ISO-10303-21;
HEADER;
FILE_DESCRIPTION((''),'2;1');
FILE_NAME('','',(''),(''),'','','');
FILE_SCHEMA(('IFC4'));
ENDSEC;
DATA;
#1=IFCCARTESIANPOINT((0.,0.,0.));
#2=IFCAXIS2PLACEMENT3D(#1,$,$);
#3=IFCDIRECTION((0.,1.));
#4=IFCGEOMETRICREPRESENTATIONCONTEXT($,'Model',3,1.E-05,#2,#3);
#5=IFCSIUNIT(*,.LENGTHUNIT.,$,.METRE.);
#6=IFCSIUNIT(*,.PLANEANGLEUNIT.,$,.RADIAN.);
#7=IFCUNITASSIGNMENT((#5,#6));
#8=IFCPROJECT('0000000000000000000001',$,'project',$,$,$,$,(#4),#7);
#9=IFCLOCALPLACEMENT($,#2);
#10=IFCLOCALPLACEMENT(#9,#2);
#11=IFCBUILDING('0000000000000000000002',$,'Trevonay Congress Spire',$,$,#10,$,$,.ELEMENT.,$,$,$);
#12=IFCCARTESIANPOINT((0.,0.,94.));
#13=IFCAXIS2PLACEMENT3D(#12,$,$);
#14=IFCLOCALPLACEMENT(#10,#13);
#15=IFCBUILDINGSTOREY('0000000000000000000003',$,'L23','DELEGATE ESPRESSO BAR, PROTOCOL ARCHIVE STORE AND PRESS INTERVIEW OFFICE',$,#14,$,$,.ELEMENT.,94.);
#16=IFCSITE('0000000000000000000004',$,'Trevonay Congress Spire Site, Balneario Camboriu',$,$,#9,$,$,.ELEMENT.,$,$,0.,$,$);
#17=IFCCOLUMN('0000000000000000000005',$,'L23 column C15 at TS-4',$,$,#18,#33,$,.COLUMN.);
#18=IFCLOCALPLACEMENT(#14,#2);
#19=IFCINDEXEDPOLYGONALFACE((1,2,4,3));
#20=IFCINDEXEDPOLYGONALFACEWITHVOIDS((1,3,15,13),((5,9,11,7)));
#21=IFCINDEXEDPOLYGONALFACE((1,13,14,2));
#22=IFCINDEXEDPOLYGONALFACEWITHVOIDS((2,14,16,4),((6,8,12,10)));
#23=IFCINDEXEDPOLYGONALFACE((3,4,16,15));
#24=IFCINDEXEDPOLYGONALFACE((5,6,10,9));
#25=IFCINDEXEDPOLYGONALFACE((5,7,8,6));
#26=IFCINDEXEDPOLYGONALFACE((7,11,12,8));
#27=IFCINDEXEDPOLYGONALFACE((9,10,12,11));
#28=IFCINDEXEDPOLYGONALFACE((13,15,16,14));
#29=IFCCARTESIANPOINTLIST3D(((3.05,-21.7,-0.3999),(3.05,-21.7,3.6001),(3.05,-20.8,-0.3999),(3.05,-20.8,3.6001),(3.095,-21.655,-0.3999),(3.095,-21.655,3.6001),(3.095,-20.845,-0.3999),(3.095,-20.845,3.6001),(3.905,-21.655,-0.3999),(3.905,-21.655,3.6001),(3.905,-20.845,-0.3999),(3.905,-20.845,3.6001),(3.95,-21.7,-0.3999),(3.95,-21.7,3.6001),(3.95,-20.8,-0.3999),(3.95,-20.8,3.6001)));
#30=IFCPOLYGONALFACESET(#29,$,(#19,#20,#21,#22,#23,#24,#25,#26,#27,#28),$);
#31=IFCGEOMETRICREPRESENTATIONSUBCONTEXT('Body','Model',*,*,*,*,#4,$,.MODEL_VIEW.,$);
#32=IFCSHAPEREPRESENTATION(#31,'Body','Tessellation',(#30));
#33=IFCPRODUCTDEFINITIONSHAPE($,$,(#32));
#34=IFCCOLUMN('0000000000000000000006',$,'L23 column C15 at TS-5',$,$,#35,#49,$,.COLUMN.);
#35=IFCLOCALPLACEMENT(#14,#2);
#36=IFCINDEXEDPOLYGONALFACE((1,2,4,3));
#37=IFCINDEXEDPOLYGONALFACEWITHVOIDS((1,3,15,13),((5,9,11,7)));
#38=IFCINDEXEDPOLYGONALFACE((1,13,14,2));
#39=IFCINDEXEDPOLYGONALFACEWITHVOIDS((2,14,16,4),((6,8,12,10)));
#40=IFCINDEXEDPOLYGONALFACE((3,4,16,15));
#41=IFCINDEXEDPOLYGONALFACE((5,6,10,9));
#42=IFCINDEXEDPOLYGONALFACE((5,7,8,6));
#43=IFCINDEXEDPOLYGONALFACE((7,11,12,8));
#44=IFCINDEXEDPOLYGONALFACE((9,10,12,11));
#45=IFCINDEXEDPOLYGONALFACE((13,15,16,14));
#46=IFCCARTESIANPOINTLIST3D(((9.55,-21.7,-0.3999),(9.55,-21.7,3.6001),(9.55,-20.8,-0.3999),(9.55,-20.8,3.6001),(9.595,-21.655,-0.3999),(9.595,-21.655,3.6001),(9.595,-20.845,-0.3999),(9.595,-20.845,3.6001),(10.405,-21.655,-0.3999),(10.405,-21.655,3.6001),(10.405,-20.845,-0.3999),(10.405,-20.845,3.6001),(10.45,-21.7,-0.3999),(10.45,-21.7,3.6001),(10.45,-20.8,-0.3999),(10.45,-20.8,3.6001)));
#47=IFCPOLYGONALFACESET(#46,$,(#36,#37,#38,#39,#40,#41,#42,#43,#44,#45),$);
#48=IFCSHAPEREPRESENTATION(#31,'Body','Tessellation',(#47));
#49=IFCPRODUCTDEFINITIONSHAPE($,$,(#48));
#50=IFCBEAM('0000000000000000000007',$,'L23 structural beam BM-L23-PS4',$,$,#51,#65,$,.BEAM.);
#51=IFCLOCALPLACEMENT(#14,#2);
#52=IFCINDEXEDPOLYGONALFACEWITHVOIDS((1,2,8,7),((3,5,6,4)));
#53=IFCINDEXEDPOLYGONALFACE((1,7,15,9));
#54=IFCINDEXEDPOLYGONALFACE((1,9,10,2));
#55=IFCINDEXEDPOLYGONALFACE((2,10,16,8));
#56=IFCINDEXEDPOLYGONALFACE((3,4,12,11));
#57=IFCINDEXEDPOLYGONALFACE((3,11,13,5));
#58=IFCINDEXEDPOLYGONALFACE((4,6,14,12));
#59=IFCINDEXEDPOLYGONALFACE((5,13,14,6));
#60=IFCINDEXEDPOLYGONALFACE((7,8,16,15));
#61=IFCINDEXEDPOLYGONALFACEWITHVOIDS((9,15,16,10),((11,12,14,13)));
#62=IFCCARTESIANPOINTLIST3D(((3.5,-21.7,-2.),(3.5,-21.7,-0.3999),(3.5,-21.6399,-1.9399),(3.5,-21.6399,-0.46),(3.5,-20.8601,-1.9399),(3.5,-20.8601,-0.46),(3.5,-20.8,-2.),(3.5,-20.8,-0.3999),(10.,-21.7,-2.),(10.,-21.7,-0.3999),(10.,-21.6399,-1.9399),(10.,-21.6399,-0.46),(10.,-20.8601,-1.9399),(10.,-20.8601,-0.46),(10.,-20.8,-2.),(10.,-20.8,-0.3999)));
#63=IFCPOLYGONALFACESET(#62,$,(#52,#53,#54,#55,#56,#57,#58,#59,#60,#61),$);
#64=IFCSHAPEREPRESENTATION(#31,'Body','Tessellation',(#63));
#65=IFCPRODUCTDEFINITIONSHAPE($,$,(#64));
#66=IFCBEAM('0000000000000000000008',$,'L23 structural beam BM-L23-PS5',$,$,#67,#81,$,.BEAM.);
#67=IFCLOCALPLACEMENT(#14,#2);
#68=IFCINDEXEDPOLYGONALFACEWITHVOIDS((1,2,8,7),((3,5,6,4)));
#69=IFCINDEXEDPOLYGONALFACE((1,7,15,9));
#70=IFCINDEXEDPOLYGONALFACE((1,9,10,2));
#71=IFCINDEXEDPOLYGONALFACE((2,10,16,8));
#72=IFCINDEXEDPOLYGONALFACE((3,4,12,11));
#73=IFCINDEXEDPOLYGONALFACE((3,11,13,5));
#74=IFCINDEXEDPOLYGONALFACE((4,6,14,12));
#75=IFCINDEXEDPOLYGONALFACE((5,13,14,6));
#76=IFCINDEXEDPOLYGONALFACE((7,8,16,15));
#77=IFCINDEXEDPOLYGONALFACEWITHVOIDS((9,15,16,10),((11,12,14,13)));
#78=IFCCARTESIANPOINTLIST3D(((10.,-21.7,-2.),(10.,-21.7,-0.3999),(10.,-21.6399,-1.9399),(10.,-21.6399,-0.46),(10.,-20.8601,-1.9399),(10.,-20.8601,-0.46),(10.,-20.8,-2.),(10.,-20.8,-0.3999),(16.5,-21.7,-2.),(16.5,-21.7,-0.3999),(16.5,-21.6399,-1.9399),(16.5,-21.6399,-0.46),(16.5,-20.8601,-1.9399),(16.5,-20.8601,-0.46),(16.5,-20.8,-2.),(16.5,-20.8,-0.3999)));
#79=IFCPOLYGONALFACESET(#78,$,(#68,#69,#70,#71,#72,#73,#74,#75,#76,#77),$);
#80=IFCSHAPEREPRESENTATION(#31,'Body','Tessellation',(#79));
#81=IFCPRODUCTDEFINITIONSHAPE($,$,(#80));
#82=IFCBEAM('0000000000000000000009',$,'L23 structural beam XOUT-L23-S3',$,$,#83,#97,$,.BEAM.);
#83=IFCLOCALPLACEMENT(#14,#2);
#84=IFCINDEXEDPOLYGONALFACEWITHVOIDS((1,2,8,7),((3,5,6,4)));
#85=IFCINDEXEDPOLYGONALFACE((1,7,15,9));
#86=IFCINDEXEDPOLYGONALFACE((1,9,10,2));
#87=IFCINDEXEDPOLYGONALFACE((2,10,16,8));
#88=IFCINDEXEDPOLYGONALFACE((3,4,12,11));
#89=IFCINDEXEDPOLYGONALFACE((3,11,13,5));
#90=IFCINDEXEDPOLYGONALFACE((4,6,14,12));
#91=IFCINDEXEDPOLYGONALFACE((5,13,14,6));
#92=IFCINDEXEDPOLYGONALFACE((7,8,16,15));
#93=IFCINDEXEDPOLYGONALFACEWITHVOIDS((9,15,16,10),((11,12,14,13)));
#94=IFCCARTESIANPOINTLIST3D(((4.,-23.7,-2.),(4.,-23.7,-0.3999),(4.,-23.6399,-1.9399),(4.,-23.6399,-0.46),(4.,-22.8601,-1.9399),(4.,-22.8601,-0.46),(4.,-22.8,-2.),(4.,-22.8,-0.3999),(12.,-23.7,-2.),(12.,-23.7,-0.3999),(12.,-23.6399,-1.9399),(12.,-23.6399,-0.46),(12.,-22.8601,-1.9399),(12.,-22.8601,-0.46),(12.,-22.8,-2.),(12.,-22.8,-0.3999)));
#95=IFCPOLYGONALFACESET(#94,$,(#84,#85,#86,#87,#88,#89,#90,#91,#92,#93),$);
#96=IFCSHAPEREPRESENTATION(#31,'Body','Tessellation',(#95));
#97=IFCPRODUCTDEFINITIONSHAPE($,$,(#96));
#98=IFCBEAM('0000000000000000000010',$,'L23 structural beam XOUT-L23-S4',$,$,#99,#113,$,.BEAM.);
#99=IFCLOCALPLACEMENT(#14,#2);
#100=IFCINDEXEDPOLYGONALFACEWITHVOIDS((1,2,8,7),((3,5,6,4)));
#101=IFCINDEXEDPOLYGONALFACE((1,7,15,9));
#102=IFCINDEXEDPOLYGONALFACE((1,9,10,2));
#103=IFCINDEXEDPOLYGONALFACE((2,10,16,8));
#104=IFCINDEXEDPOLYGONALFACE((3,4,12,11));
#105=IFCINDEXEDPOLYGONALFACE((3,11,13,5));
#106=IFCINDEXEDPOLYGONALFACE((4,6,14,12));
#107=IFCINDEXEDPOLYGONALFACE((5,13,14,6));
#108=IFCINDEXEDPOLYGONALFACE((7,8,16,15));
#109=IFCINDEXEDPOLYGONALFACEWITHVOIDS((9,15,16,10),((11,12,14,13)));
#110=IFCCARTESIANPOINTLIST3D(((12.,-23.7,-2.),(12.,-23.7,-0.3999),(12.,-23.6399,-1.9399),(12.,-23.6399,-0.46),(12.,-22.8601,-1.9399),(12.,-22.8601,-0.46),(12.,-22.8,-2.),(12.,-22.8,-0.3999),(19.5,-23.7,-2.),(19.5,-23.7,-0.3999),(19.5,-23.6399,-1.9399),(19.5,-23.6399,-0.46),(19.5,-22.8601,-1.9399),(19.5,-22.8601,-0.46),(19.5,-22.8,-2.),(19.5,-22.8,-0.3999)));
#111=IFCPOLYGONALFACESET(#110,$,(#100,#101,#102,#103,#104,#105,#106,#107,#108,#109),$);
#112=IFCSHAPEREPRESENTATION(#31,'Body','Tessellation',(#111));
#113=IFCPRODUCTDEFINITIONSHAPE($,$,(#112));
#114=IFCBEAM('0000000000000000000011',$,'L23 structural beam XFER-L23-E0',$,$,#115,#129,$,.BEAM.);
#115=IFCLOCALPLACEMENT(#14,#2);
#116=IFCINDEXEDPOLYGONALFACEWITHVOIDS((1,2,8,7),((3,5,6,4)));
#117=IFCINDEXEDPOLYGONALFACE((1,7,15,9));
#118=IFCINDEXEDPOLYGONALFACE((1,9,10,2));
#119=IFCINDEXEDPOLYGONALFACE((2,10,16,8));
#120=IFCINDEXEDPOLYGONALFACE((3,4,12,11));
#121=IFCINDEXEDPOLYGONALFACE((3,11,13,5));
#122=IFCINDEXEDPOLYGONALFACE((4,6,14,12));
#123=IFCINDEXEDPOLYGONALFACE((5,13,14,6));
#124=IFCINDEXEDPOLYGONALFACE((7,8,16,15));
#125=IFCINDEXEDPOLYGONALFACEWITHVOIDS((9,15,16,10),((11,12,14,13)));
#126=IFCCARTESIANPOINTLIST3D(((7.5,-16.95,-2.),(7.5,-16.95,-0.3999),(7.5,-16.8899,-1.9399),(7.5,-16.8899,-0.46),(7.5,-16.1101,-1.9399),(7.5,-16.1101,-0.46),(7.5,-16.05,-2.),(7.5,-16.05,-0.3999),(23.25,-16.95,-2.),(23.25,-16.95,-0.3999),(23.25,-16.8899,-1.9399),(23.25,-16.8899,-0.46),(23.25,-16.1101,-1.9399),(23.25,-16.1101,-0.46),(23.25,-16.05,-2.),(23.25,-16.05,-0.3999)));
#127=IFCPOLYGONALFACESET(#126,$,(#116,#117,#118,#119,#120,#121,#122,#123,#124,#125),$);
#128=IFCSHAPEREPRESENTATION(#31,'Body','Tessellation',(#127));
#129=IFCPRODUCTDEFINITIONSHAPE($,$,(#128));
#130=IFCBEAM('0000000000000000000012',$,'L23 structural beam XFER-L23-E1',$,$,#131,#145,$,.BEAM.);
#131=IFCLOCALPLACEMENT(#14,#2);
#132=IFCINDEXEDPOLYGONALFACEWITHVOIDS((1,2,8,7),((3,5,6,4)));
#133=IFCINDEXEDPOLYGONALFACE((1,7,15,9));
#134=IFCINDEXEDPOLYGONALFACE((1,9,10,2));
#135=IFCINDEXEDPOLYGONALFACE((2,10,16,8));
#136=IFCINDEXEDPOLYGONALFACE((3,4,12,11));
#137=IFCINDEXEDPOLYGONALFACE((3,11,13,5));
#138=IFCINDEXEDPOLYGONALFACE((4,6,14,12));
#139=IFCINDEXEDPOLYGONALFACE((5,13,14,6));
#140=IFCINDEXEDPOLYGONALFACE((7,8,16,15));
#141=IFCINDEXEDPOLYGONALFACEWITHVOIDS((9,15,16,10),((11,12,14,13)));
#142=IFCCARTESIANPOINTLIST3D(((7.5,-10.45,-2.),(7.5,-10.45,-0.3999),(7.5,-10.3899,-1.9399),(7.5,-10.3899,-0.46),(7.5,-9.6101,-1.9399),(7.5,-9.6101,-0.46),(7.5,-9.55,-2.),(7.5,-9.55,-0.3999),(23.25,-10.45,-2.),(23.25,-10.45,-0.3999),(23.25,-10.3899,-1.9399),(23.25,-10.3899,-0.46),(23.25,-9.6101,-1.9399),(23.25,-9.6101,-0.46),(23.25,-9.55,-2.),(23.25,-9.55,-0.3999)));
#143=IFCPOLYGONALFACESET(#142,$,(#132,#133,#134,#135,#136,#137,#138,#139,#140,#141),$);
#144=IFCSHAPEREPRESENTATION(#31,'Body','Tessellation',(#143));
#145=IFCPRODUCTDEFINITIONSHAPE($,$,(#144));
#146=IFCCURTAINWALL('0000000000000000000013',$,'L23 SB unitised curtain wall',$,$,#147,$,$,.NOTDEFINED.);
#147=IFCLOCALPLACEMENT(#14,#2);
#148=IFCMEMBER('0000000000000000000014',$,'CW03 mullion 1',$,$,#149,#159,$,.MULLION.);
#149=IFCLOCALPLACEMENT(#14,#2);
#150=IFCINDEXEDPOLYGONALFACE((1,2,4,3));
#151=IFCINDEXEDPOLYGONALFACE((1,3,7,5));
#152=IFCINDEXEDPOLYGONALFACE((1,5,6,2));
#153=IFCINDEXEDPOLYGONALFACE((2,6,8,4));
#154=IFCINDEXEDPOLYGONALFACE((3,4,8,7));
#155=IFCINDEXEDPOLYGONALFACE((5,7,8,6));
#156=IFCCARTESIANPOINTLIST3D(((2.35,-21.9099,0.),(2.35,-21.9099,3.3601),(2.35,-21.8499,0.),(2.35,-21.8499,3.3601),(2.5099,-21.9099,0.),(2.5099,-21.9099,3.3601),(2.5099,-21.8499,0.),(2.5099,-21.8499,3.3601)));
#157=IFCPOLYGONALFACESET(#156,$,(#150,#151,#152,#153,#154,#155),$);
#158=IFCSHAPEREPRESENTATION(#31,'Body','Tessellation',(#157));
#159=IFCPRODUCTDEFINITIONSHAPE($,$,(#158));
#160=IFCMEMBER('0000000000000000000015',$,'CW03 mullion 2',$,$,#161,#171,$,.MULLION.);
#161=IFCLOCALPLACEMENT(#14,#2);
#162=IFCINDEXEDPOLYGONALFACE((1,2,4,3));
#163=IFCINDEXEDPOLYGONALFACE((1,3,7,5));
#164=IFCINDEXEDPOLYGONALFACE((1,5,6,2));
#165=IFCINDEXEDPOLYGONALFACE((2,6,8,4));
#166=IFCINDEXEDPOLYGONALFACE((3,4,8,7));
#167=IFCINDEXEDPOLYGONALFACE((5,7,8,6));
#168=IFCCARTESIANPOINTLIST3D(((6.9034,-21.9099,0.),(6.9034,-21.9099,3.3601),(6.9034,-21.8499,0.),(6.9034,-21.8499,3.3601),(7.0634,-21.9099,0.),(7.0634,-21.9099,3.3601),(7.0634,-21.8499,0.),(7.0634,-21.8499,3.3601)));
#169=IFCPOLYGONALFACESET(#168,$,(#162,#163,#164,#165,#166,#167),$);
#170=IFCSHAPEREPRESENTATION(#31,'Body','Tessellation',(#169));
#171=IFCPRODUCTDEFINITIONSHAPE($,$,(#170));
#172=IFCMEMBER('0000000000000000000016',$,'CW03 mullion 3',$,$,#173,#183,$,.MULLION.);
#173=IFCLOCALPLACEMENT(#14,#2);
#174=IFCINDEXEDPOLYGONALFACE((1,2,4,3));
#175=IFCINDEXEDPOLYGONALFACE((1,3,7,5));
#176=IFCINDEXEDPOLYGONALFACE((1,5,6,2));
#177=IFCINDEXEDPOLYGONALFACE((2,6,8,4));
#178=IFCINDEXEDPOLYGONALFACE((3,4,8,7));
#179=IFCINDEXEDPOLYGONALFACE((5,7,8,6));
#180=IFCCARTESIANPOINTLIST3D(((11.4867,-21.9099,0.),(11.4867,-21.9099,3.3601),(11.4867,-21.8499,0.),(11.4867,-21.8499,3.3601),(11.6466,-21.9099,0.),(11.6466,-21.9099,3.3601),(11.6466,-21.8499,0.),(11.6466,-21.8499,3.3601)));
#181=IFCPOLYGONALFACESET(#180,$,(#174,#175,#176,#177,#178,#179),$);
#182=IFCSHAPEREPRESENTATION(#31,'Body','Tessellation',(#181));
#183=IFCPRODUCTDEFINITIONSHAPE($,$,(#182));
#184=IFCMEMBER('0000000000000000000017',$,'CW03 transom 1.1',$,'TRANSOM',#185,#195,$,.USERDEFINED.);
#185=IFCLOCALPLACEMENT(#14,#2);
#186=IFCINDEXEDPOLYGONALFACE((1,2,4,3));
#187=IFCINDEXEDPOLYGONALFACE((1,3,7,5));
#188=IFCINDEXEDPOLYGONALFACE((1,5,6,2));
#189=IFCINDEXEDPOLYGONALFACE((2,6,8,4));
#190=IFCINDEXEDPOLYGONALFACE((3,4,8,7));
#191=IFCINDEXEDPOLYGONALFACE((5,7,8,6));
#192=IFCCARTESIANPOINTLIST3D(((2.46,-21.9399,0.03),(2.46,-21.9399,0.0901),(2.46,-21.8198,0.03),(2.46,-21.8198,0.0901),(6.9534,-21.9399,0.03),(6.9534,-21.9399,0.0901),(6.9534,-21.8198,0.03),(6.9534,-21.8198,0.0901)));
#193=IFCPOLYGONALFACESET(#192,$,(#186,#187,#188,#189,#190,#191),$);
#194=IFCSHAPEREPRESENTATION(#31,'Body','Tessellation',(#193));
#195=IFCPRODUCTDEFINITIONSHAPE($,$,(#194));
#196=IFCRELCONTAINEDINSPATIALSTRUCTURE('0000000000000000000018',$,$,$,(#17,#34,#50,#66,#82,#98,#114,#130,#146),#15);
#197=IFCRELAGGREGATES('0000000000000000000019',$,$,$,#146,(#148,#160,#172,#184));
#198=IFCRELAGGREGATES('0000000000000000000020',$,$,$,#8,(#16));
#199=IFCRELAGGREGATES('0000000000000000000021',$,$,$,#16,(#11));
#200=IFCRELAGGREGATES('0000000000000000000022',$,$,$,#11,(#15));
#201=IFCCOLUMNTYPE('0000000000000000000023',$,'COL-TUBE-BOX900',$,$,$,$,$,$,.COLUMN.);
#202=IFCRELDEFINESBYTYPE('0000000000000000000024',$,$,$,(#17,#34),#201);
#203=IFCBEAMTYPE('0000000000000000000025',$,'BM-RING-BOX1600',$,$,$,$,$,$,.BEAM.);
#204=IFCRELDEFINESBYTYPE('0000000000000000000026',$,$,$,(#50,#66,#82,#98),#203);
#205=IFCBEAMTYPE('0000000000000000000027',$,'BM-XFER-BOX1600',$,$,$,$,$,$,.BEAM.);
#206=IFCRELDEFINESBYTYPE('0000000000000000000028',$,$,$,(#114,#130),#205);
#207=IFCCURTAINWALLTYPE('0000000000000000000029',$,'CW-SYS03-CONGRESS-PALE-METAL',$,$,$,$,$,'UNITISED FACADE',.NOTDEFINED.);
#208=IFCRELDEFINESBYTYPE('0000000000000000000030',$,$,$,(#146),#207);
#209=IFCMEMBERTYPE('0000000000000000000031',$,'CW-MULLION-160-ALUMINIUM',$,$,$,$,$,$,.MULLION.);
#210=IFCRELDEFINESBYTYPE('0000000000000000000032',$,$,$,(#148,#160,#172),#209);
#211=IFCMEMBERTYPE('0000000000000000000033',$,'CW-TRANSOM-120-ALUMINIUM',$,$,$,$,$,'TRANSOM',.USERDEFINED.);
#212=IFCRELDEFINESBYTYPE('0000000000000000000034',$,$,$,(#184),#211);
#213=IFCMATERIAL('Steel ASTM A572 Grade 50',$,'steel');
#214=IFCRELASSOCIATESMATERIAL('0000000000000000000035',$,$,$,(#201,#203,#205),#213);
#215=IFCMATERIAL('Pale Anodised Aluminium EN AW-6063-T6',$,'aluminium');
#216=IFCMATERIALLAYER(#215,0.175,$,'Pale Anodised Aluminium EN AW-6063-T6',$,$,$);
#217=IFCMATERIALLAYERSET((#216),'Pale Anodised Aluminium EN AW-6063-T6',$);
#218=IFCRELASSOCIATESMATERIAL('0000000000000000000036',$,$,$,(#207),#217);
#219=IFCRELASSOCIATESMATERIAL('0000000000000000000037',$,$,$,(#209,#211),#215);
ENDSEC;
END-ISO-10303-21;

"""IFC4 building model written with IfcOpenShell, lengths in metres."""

from ifc_helpers import new_model, si_unit, direction, frame, origin, origin_2d, place, context, subcontext, project, spatial, rectangle, hollow_rectangle, extrude, material, layer, layer_set, material_profile, profile_set, type_object, element, aggregate, save


model = new_model("IFC4")

# Units and contexts
model_context = context("Model", 3, precision=1e-05, world=origin(), true_north=direction((0.0, 1.0)))
body_context = subcontext(model_context, "Body", "Model", "MODEL_VIEW")
ifc_project = project(units=[si_unit("LENGTHUNIT", "METRE"), si_unit("PLANEANGLEUNIT", "RADIAN")], contexts=[model_context])

# Site, building, storey
site_placement = place(None, origin())
site = spatial("IfcSite", under=ifc_project, at=site_placement, Name="Trevonay Congress Spire Site, Balneario Camboriu", CompositionType="ELEMENT", RefElevation=0.0)
building_placement = place(site_placement, origin())
building = spatial("IfcBuilding", under=site, at=building_placement, Name="Trevonay Congress Spire", CompositionType="ELEMENT")
storey_placement = place(building_placement, frame((0.0, 0.0, 94.0)))
storey = spatial("IfcBuildingStorey", under=building, at=storey_placement, Name="L23", Description="DELEGATE ESPRESSO BAR, PROTOCOL ARCHIVE STORE AND PRESS INTERVIEW OFFICE", CompositionType="ELEMENT", Elevation=94.0)

# Columns
ifc_material_1 = material(Name="Steel ASTM A572 Grade 50", Category="steel")
ifc_material_profile_1 = material_profile(ifc_material_1, hollow_rectangle(XDim=0.8999, YDim=0.8999, WallThickness=0.0449, at=origin_2d()), Name="BOX 900x900x45")
ifc_profile_set_1 = profile_set([ifc_material_profile_1], Name="Steel ASTM A572 Grade 50")
column_type = type_object("IfcColumnType", Name="COL-TUBE-BOX900", PredefinedType="COLUMN", material=ifc_profile_set_1)
for number, where, z_axis, x_axis, name in (
    (1, (3.5, -21.25, -0.3999), (0.0, 0.0, 1.0), (1.0, 0.0, 0.0), "L23 column C15 at TS-4"),
    (2, (10.0, -21.25, -0.3999), (0.0, 0.0, 1.0), (1.0, 0.0, 0.0), "L23 column C15 at TS-5"),
):
    element("IfcColumn", number, at=place(storey_placement, frame(where, z_axis=z_axis, x_axis=x_axis)), inside=storey, type_object=column_type, Name=name, PredefinedType="COLUMN", context=body_context, shape_type="SweptSolid", body=[
        extrude(hollow_rectangle(XDim=0.8999, YDim=0.8999, WallThickness=0.0449, at=origin_2d()), origin(), (0.0, 0.0, 1.0), 4.0),
    ])

# Beams
ifc_material_profile_2 = material_profile(ifc_material_1, hollow_rectangle(XDim=0.8999, YDim=1.6001, WallThickness=0.0601, at=origin_2d()), Name="BOX 1600x900x60")
ifc_profile_set_2 = profile_set([ifc_material_profile_2], Name="Steel ASTM A572 Grade 50")
beam_type_1 = type_object("IfcBeamType", Name="BM-RING-BOX1600", PredefinedType="BEAM", material=ifc_profile_set_2)
for number, where, z_axis, x_axis, name in (
    (3, (3.5, -21.25, -1.2), (1.0, 0.0, 0.0), (0.0, 1.0, 0.0), "L23 structural beam BM-L23-PS4"),
    (4, (10.0, -21.25, -1.2), (1.0, 0.0, 0.0), (0.0, 1.0, 0.0), "L23 structural beam BM-L23-PS5"),
):
    element("IfcBeam", number, at=place(storey_placement, frame(where, z_axis=z_axis, x_axis=x_axis)), inside=storey, type_object=beam_type_1, Name=name, PredefinedType="BEAM", context=body_context, shape_type="SweptSolid", body=[
        extrude(hollow_rectangle(XDim=0.8999, YDim=1.6001, WallThickness=0.0601, at=origin_2d()), origin(), (0.0, 0.0, 1.0), 6.5),
    ])
beam_1_placement = place(storey_placement, frame((4.0, -23.25, -1.2), z_axis=(1.0, 0.0, 0.0), x_axis=(0.0, 1.0, 0.0)))
element("IfcBeam", 5, at=beam_1_placement, inside=storey, type_object=beam_type_1, Name="L23 structural beam XOUT-L23-S3", PredefinedType="BEAM", context=body_context, shape_type="SweptSolid", body=[
    extrude(hollow_rectangle(XDim=0.8999, YDim=1.6001, WallThickness=0.0601, at=origin_2d()), origin(), (0.0, 0.0, 1.0), 8.0),
])
beam_2_placement = place(storey_placement, frame((12.0, -23.25, -1.2), z_axis=(1.0, 0.0, 0.0), x_axis=(0.0, 1.0, 0.0)))
element("IfcBeam", 6, at=beam_2_placement, inside=storey, type_object=beam_type_1, Name="L23 structural beam XOUT-L23-S4", PredefinedType="BEAM", context=body_context, shape_type="SweptSolid", body=[
    extrude(hollow_rectangle(XDim=0.8999, YDim=1.6001, WallThickness=0.0601, at=origin_2d()), origin(), (0.0, 0.0, 1.0), 7.5),
])
ifc_material_profile_3 = material_profile(ifc_material_1, hollow_rectangle(XDim=0.8999, YDim=1.6001, WallThickness=0.0601, at=origin_2d()), Name="BOX 1600x900x60")
ifc_profile_set_3 = profile_set([ifc_material_profile_3], Name="Steel ASTM A572 Grade 50")
beam_type_2 = type_object("IfcBeamType", Name="BM-XFER-BOX1600", PredefinedType="BEAM", material=ifc_profile_set_3)
for number, where, z_axis, x_axis, name in (
    (7, (7.5, -16.5, -1.2), (1.0, 0.0, 0.0), (0.0, 1.0, 0.0), "L23 structural beam XFER-L23-E0"),
    (8, (7.5, -10.0, -1.2), (1.0, 0.0, 0.0), (0.0, 1.0, 0.0), "L23 structural beam XFER-L23-E1"),
):
    element("IfcBeam", number, at=place(storey_placement, frame(where, z_axis=z_axis, x_axis=x_axis)), inside=storey, type_object=beam_type_2, Name=name, PredefinedType="BEAM", context=body_context, shape_type="SweptSolid", body=[
        extrude(hollow_rectangle(XDim=0.8999, YDim=1.6001, WallThickness=0.0601, at=origin_2d()), origin(), (0.0, 0.0, 1.0), 15.75),
    ])

# Curtain wall, members
ifc_material_2 = material(Name="Pale Anodised Aluminium EN AW-6063-T6", Category="aluminium")
ifc_layer_1 = layer(ifc_material_2, 0.175, Name="Pale Anodised Aluminium EN AW-6063-T6")
ifc_layer_set_1 = layer_set([ifc_layer_1], Name="Pale Anodised Aluminium EN AW-6063-T6")
curtain_wall_type = type_object("IfcCurtainWallType", Name="CW-SYS03-CONGRESS-PALE-METAL", ElementType="UNITISED FACADE", PredefinedType="NOTDEFINED", material=ifc_layer_set_1)
curtain_wall_placement = place(storey_placement, origin())
curtain_wall = element("IfcCurtainWall", 9, at=curtain_wall_placement, inside=storey, type_object=curtain_wall_type, Name="L23 SB unitised curtain wall", PredefinedType="NOTDEFINED")
ifc_material_profile_4 = material_profile(ifc_material_2, rectangle(XDim=0.0601, YDim=0.1599, at=origin_2d()), Name="CW-MULLION-160-ALUMINIUM")
ifc_profile_set_4 = profile_set([ifc_material_profile_4], Name="Pale Anodised Aluminium EN AW-6063-T6")
member_type_1 = type_object("IfcMemberType", Name="CW-MULLION-160-ALUMINIUM", PredefinedType="MULLION", material=ifc_profile_set_4)
member_1_placement = place(storey_placement, frame((2.4299, -21.8799, 0.0), z_axis=(0.0, 0.0, 1.0), x_axis=(0.0, 1.0, 0.0)))
member_1 = element("IfcMember", 10, at=member_1_placement, type_object=member_type_1, Name="CW03 mullion 1", PredefinedType="MULLION", context=body_context, shape_type="SweptSolid", body=[
    extrude(rectangle(XDim=0.0601, YDim=0.1599, at=origin_2d()), origin(), (0.0, 0.0, 1.0), 3.3601),
])
member_2_placement = place(storey_placement, frame((6.9834, -21.8799, 0.0), z_axis=(0.0, 0.0, 1.0), x_axis=(0.0, 1.0, 0.0)))
member_2 = element("IfcMember", 11, at=member_2_placement, type_object=member_type_1, Name="CW03 mullion 2", PredefinedType="MULLION", context=body_context, shape_type="SweptSolid", body=[
    extrude(rectangle(XDim=0.0601, YDim=0.1599, at=origin_2d()), origin(), (0.0, 0.0, 1.0), 3.3601),
])
member_3_placement = place(storey_placement, frame((11.5667, -21.8799, 0.0), z_axis=(0.0, 0.0, 1.0), x_axis=(0.0, 1.0, 0.0)))
member_3 = element("IfcMember", 12, at=member_3_placement, type_object=member_type_1, Name="CW03 mullion 3", PredefinedType="MULLION", context=body_context, shape_type="SweptSolid", body=[
    extrude(rectangle(XDim=0.0601, YDim=0.1599, at=origin_2d()), origin(), (0.0, 0.0, 1.0), 3.3601),
])
ifc_material_profile_5 = material_profile(ifc_material_2, rectangle(XDim=0.1201, YDim=0.0601, at=origin_2d()), Name="CW-TRANSOM-120-ALUMINIUM")
ifc_profile_set_5 = profile_set([ifc_material_profile_5], Name="Pale Anodised Aluminium EN AW-6063-T6")
member_type_2 = type_object("IfcMemberType", Name="CW-TRANSOM-120-ALUMINIUM", ElementType="TRANSOM", PredefinedType="USERDEFINED", material=ifc_profile_set_5)
member_4_placement = place(storey_placement, frame((2.46, -21.8799, 0.0601), z_axis=(1.0, 0.0, 0.0), x_axis=(0.0, 1.0, 0.0)))
member_4 = element("IfcMember", 13, at=member_4_placement, type_object=member_type_2, Name="CW03 transom 1.1", ObjectType="TRANSOM", PredefinedType="USERDEFINED", context=body_context, shape_type="SweptSolid", body=[
    extrude(rectangle(XDim=0.1201, YDim=0.0601, at=origin_2d()), origin(), (0.0, 0.0, 1.0), 4.4934),
])

aggregate(curtain_wall, [member_1, member_2, member_3, member_4])

save(model, "model.ifc")
